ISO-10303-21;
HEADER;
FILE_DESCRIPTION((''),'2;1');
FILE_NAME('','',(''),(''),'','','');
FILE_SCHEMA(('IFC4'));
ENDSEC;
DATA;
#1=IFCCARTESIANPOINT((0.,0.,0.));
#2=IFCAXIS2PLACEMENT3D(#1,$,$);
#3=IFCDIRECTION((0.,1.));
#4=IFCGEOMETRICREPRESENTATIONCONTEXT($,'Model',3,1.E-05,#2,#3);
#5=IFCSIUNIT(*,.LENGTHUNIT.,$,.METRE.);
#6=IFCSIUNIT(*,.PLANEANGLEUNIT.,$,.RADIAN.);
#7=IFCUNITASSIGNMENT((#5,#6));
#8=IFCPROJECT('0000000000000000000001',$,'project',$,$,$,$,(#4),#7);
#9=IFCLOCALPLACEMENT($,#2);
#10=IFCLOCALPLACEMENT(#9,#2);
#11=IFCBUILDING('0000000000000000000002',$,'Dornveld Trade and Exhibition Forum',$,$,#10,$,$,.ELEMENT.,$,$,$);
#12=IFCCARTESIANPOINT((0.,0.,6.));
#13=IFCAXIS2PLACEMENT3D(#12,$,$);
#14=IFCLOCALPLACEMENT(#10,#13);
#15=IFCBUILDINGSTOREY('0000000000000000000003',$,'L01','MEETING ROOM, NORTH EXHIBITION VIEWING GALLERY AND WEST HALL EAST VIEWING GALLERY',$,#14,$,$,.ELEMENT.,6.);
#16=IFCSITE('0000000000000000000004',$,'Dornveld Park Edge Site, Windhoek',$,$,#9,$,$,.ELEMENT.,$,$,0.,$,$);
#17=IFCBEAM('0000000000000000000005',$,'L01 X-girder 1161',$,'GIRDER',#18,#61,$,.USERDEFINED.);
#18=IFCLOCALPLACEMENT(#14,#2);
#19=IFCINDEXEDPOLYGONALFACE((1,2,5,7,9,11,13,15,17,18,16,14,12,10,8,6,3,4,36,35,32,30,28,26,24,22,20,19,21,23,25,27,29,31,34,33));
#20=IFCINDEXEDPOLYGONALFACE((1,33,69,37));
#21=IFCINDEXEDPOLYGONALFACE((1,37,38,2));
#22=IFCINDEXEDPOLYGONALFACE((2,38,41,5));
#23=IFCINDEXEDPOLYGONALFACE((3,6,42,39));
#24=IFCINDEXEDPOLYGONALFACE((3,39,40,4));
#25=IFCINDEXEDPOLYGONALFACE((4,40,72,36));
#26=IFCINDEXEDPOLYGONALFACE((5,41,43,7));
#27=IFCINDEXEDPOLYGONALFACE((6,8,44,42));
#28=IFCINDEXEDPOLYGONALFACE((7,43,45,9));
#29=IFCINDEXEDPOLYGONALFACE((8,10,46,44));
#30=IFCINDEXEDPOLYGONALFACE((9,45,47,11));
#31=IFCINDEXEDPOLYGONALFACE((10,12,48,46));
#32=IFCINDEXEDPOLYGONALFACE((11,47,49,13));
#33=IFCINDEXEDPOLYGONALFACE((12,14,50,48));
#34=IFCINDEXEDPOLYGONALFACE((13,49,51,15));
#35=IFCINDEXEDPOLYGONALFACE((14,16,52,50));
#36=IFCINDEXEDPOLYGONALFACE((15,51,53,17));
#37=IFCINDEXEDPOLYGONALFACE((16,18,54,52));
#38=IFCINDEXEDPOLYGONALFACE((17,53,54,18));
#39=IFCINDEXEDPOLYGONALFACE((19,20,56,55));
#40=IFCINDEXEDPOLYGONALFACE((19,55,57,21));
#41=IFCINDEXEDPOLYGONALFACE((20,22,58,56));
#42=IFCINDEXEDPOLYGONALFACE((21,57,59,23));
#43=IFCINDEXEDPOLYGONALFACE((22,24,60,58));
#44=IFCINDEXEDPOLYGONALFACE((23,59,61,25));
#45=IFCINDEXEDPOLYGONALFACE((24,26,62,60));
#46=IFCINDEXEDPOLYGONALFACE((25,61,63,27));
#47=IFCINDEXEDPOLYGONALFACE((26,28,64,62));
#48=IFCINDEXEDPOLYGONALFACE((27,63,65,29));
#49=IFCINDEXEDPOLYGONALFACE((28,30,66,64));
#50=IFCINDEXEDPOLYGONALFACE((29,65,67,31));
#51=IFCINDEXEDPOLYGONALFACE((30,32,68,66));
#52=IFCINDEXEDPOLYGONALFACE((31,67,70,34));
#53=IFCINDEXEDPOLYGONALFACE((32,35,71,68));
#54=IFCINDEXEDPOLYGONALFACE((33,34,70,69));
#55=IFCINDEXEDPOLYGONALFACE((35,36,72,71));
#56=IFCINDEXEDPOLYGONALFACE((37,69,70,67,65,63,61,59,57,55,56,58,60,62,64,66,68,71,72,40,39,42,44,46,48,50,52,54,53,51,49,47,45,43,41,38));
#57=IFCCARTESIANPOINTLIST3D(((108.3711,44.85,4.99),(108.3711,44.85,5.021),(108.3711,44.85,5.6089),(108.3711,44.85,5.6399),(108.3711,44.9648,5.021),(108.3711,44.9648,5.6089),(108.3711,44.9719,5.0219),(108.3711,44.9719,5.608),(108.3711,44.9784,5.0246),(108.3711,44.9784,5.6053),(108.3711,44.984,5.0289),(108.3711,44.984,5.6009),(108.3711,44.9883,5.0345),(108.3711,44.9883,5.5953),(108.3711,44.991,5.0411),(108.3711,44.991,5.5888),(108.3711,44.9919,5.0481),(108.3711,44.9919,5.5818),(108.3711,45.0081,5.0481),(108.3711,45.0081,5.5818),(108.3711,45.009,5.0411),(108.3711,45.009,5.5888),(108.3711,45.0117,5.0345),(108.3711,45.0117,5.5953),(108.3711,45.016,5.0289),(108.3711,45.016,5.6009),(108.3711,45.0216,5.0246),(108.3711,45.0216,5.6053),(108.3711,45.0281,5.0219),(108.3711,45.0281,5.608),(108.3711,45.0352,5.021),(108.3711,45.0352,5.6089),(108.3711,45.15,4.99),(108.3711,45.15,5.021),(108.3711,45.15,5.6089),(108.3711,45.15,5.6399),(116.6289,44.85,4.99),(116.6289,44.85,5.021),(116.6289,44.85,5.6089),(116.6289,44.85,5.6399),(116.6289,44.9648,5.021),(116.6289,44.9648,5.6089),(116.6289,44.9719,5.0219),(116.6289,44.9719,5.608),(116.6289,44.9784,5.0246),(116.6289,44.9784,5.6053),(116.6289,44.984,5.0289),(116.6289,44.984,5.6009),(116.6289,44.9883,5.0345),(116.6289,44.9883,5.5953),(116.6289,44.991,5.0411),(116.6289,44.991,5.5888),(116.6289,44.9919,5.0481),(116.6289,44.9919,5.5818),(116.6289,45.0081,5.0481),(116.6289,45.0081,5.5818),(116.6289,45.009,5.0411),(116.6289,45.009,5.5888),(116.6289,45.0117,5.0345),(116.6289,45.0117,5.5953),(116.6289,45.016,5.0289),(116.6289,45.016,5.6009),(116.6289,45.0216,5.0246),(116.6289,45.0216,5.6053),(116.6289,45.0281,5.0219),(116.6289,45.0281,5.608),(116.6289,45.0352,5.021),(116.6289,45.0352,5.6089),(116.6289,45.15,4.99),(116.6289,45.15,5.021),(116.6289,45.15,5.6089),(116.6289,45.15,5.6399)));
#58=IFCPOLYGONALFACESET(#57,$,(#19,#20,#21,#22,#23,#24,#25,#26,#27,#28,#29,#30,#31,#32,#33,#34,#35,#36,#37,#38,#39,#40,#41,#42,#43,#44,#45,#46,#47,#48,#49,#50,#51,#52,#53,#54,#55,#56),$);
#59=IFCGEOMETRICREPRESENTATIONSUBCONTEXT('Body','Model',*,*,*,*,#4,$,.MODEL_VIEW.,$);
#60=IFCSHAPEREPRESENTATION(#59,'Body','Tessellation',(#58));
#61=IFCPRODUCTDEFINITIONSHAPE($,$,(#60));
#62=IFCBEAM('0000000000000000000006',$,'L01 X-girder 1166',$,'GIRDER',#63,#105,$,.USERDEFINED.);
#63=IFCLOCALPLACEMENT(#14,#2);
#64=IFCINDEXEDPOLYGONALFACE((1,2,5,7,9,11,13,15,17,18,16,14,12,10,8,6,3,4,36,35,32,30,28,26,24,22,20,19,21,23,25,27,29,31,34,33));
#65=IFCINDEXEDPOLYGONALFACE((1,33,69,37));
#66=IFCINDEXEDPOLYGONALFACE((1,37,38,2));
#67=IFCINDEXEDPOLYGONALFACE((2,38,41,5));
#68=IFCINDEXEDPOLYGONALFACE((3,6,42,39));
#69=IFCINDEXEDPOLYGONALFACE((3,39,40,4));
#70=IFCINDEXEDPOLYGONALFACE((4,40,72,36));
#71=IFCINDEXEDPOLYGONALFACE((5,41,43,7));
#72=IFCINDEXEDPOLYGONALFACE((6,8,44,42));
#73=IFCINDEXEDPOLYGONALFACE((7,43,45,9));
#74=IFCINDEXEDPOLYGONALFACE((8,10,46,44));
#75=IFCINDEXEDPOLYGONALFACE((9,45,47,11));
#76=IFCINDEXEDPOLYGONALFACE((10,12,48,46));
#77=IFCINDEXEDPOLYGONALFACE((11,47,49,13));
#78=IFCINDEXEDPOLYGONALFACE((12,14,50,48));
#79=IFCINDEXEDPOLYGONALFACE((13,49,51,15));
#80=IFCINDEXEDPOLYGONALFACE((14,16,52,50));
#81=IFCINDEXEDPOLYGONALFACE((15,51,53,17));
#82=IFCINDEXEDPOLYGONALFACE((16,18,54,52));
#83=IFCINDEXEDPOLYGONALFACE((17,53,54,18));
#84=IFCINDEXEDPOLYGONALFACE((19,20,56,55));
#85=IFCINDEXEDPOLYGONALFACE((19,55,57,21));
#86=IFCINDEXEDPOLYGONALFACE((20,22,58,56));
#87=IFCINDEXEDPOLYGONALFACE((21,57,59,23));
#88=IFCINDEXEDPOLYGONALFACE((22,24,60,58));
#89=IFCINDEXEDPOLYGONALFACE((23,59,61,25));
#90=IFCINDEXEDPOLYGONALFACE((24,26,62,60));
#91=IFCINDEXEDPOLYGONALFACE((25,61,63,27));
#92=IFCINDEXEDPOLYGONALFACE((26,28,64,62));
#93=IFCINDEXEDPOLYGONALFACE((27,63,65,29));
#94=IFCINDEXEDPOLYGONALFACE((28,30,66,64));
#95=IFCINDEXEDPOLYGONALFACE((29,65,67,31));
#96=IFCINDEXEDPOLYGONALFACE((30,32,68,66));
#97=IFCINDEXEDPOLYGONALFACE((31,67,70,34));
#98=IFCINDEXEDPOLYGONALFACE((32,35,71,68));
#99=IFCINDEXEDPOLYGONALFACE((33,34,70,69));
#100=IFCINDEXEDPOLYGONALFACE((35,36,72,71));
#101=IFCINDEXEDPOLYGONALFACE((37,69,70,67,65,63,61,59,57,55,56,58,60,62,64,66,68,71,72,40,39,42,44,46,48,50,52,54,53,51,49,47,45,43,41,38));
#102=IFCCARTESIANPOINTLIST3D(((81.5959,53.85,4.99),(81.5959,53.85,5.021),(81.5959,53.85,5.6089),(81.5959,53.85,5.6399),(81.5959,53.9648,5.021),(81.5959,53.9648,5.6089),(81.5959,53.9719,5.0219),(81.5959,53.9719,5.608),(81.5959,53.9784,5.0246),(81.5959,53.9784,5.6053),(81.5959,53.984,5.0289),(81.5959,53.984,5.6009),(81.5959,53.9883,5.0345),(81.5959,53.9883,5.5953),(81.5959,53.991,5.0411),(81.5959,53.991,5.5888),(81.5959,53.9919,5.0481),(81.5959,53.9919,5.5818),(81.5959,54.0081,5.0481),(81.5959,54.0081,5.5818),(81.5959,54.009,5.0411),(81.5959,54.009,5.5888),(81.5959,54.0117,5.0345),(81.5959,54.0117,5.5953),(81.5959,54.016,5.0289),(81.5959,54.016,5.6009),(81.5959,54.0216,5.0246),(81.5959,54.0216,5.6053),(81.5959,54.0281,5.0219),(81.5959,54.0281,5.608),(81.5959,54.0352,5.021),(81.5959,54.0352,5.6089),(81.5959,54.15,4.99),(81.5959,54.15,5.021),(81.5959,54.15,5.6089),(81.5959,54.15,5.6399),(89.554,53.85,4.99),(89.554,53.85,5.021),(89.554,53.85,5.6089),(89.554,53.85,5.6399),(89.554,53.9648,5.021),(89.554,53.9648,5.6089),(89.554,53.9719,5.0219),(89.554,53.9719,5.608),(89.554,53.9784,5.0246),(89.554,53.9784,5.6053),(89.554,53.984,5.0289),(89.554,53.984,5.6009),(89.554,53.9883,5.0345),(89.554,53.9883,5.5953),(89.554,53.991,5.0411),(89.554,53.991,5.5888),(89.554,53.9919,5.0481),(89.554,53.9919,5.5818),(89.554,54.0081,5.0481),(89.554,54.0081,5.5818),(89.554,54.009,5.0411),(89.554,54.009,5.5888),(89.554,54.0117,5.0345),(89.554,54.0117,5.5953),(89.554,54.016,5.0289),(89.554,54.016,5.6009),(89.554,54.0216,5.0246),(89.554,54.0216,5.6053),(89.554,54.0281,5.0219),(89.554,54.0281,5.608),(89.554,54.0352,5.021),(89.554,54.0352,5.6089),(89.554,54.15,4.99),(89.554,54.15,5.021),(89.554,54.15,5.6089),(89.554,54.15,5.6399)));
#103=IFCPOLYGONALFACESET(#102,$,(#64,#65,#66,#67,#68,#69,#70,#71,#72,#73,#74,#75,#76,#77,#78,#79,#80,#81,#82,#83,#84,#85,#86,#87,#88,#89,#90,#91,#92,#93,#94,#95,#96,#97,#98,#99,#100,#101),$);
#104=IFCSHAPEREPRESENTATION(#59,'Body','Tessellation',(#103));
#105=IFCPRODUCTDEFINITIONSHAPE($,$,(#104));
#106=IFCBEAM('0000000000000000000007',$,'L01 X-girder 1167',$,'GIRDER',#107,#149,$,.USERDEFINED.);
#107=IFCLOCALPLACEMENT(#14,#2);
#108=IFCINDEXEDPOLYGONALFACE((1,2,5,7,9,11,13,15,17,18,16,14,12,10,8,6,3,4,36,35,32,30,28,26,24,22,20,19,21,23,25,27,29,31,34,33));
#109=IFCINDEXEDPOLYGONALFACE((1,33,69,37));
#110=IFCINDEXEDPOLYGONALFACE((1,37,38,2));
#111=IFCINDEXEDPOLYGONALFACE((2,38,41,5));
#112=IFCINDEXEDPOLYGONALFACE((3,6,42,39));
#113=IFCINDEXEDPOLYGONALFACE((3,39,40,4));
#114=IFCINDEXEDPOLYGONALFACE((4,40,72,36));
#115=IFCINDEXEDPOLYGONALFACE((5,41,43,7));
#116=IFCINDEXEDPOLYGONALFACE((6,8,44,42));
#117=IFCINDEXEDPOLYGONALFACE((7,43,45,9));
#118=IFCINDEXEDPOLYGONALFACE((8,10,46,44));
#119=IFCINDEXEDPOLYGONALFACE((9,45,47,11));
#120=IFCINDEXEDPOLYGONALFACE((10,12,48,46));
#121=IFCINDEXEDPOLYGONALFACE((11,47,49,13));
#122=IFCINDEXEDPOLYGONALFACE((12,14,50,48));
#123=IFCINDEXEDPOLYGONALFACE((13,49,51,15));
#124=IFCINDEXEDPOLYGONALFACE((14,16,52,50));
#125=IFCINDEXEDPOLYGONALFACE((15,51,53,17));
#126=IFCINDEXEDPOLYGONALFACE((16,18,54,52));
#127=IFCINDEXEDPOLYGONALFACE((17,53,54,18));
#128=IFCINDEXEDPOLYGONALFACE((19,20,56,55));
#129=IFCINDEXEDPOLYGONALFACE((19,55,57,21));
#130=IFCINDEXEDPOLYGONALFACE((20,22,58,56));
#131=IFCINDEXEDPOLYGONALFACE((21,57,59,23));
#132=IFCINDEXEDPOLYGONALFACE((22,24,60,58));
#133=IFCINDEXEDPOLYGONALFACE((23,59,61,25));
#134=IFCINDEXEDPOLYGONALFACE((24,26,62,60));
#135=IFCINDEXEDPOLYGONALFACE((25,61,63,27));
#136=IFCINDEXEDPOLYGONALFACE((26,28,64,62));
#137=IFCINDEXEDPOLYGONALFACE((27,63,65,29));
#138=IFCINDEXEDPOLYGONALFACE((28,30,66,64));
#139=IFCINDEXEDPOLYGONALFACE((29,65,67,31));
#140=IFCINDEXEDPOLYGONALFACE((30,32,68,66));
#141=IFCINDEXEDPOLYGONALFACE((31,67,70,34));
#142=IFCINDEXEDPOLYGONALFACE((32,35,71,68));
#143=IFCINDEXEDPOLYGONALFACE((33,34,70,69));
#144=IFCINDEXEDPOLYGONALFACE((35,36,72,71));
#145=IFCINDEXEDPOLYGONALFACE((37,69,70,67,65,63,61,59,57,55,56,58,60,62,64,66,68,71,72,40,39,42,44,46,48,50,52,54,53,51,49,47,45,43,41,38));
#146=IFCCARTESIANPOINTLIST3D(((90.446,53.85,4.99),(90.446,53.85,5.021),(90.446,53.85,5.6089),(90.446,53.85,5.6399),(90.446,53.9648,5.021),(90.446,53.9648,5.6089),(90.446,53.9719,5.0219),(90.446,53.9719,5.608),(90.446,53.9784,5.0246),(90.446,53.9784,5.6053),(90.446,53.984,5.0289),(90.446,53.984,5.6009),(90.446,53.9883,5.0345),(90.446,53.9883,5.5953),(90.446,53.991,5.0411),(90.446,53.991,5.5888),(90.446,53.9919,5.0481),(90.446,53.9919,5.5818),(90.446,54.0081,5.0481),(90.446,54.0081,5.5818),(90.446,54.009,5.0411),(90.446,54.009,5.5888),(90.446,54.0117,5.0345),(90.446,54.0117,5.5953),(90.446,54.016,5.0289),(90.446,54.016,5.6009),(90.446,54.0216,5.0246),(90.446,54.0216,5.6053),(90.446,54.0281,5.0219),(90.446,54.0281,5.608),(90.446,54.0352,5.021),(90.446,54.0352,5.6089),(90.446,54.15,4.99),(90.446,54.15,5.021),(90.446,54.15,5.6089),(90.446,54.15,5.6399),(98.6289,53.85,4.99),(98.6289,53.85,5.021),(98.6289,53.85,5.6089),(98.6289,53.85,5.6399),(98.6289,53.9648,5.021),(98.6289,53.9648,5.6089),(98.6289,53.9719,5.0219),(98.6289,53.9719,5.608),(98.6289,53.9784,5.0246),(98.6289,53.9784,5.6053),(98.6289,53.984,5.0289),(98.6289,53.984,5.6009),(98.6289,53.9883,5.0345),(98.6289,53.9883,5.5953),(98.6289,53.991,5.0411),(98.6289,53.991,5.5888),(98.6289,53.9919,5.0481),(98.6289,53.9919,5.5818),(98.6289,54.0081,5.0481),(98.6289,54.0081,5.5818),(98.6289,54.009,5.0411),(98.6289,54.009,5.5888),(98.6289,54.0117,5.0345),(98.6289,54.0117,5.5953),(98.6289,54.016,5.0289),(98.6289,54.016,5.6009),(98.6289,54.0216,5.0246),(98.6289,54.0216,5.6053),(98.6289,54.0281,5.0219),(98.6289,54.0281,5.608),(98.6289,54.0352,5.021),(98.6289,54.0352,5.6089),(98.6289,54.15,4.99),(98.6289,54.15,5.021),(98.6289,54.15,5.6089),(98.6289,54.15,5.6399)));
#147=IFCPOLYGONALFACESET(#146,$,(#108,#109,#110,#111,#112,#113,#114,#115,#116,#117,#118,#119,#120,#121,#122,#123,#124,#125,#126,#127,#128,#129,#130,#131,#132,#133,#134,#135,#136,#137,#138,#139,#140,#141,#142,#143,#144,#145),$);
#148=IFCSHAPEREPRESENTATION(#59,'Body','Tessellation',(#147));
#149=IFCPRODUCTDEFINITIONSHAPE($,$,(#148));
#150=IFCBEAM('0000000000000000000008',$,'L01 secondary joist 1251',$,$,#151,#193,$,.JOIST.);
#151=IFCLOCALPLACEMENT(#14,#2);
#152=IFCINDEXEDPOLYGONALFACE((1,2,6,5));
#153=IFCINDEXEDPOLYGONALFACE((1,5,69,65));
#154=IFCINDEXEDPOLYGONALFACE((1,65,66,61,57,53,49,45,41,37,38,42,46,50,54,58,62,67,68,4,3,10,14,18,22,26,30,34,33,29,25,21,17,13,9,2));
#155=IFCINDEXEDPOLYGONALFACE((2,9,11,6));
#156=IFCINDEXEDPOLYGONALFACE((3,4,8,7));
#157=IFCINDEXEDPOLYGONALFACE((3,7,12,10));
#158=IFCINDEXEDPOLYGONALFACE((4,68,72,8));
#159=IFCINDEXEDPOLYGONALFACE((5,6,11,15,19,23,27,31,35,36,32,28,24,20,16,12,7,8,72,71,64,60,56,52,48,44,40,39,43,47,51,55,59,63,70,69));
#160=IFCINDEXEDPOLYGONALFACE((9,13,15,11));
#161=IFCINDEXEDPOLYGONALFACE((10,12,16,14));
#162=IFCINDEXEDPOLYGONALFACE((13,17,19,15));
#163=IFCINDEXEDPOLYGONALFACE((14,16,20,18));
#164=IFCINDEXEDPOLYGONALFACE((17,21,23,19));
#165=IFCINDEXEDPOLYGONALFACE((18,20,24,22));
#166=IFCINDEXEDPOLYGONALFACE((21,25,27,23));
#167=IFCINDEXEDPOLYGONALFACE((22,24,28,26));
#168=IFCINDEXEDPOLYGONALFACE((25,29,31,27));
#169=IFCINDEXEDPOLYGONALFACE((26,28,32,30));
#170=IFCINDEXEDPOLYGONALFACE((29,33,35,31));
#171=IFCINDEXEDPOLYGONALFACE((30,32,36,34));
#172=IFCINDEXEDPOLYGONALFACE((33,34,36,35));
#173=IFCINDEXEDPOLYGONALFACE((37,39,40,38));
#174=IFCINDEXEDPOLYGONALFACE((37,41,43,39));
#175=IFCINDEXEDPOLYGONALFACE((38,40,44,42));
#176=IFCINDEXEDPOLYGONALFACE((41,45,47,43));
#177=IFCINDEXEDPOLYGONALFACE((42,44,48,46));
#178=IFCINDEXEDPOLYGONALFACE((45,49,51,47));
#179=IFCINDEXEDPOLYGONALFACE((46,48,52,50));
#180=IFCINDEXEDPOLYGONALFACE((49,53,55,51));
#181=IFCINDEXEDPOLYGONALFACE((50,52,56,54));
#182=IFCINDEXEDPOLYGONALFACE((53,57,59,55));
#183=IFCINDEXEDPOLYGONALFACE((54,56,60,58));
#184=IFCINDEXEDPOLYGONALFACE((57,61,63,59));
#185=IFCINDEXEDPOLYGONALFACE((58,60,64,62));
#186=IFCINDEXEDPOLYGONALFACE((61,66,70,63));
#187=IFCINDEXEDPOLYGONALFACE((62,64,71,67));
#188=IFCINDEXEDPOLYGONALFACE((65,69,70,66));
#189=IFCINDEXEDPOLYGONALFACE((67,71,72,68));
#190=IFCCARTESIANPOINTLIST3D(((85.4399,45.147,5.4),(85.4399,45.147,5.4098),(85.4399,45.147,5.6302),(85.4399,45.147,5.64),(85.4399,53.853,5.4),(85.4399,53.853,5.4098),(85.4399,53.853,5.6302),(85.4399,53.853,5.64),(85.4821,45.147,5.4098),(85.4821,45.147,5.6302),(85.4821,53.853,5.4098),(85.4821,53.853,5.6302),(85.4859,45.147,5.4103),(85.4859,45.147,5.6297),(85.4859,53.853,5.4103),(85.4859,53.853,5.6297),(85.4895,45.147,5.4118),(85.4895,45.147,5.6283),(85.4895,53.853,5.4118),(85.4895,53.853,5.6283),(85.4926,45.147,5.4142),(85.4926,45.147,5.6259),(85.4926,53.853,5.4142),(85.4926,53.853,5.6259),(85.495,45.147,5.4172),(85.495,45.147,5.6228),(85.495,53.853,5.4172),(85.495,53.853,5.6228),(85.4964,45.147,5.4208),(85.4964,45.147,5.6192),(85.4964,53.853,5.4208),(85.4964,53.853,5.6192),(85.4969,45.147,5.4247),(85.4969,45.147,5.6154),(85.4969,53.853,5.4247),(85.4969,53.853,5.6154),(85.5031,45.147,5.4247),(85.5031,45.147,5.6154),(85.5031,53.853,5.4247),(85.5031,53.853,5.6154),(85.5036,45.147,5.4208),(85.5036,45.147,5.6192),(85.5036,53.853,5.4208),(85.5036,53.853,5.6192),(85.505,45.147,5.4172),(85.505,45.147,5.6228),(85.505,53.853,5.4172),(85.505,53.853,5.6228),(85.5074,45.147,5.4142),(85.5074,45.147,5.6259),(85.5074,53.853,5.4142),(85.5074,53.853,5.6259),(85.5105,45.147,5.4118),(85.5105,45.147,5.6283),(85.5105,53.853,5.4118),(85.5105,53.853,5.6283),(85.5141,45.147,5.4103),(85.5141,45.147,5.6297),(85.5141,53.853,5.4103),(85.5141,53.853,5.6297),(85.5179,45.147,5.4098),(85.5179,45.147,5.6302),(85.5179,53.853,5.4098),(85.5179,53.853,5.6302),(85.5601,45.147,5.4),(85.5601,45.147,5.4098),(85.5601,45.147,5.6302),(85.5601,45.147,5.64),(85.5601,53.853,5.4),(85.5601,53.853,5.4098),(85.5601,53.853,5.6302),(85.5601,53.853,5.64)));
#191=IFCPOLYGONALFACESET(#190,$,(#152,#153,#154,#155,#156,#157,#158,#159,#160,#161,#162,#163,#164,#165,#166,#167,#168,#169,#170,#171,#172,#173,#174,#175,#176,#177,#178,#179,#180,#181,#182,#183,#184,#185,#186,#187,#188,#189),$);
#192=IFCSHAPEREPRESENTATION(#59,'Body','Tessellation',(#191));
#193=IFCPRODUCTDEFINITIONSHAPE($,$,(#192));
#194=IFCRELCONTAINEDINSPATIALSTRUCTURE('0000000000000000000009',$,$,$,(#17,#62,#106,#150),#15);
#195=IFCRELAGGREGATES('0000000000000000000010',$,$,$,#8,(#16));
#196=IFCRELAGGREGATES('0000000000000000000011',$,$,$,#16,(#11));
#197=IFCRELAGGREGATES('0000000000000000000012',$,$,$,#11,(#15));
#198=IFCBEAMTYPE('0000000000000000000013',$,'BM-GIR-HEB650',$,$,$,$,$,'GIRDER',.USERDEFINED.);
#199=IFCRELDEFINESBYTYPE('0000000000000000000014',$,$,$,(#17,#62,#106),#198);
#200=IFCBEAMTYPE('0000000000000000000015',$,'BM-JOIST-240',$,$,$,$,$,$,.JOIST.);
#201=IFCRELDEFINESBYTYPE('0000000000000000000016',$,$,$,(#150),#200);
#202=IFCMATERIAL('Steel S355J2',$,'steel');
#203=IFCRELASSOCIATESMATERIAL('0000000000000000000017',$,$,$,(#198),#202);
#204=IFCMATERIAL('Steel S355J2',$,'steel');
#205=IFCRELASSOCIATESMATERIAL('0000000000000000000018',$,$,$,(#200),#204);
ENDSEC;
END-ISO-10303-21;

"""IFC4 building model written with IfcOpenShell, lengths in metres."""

from ifc_helpers import new_model, si_unit, direction, frame, origin, origin_2d, place, context, subcontext, project, spatial, i_section, extrude, material, material_profile, profile_set, type_object, element, save


model = new_model("IFC4")

# Units and contexts
model_context = context("Model", 3, precision=1e-05, world=origin(), true_north=direction((0.0, 1.0)))
body_context = subcontext(model_context, "Body", "Model", "MODEL_VIEW")
ifc_project = project(units=[si_unit("LENGTHUNIT", "METRE"), si_unit("PLANEANGLEUNIT", "RADIAN")], contexts=[model_context])

# Site, building, storey
site_placement = place(None, origin())
site = spatial("IfcSite", under=ifc_project, at=site_placement, Name="Dornveld Park Edge Site, Windhoek", CompositionType="ELEMENT", RefElevation=0.0)
building_placement = place(site_placement, origin())
building = spatial("IfcBuilding", under=site, at=building_placement, Name="Dornveld Trade and Exhibition Forum", CompositionType="ELEMENT")
storey_placement = place(building_placement, frame((0.0, 0.0, 6.0)))
storey = spatial("IfcBuildingStorey", under=building, at=storey_placement, Name="L01", Description="MEETING ROOM, NORTH EXHIBITION VIEWING GALLERY AND WEST HALL EAST VIEWING GALLERY", CompositionType="ELEMENT", Elevation=6.0)

# Beams
ifc_material_1 = material(Name="Steel S355J2", Category="steel")
ifc_material_profile_1 = material_profile(ifc_material_1, i_section(OverallWidth=0.3, OverallDepth=0.6499, WebThickness=0.0161, FlangeThickness=0.031, FilletRadius=0.0271, at=origin_2d()), Name="HEB 650")
ifc_profile_set_1 = profile_set([ifc_material_profile_1], Name="Steel S355J2")
beam_type_1 = type_object("IfcBeamType", Name="BM-GIR-HEB650", ElementType="GIRDER", PredefinedType="USERDEFINED", material=ifc_profile_set_1)
for number, where, z_axis, x_axis, name in (
    (1, (108.3711, 45.0, 5.3149), (1.0, 0.0, 0.0), (0.0, 1.0, 0.0), "L01 X-girder 1161"),
):
    element("IfcBeam", number, at=place(storey_placement, frame(where, z_axis=z_axis, x_axis=x_axis)), inside=storey, type_object=beam_type_1, Name=name, ObjectType="GIRDER", PredefinedType="USERDEFINED", context=body_context, shape_type="SweptSolid", body=[
        extrude(i_section(OverallWidth=0.3, OverallDepth=0.6499, WebThickness=0.0161, FlangeThickness=0.031, FilletRadius=0.0271, at=origin_2d()), origin(), (0.0, 0.0, 1.0), 8.2578),
    ])
beam_1_placement = place(storey_placement, frame((81.5959, 54.0, 5.3149), z_axis=(1.0, 0.0, 0.0), x_axis=(0.0, 1.0, 0.0)))
element("IfcBeam", 2, at=beam_1_placement, inside=storey, type_object=beam_type_1, Name="L01 X-girder 1166", ObjectType="GIRDER", PredefinedType="USERDEFINED", context=body_context, shape_type="SweptSolid", body=[
    extrude(i_section(OverallWidth=0.3, OverallDepth=0.6499, WebThickness=0.0161, FlangeThickness=0.031, FilletRadius=0.0271, at=origin_2d()), origin(), (0.0, 0.0, 1.0), 7.958),
])
beam_2_placement = place(storey_placement, frame((90.446, 54.0, 5.3149), z_axis=(1.0, 0.0, 0.0), x_axis=(0.0, 1.0, 0.0)))
element("IfcBeam", 3, at=beam_2_placement, inside=storey, type_object=beam_type_1, Name="L01 X-girder 1167", ObjectType="GIRDER", PredefinedType="USERDEFINED", context=body_context, shape_type="SweptSolid", body=[
    extrude(i_section(OverallWidth=0.3, OverallDepth=0.6499, WebThickness=0.0161, FlangeThickness=0.031, FilletRadius=0.0271, at=origin_2d()), origin(), (0.0, 0.0, 1.0), 8.1829),
])
ifc_material_2 = material(Name="Steel S355J2", Category="steel")
ifc_material_profile_2 = material_profile(ifc_material_2, i_section(OverallWidth=0.1201, OverallDepth=0.24, WebThickness=0.0061, FlangeThickness=0.0098, FilletRadius=0.0149, at=origin_2d()), Name="IPE 240")
ifc_profile_set_2 = profile_set([ifc_material_profile_2], Name="Steel S355J2")
beam_type_2 = type_object("IfcBeamType", Name="BM-JOIST-240", PredefinedType="JOIST", material=ifc_profile_set_2)
for number, where, z_axis, x_axis, name in (
    (4, (85.5, 45.147, 5.52), (0.0, 1.0, 0.0), (-1.0, 0.0, 0.0), "L01 secondary joist 1251"),
):
    element("IfcBeam", number, at=place(storey_placement, frame(where, z_axis=z_axis, x_axis=x_axis)), inside=storey, type_object=beam_type_2, Name=name, PredefinedType="JOIST", context=body_context, shape_type="SweptSolid", body=[
        extrude(i_section(OverallWidth=0.1201, OverallDepth=0.24, WebThickness=0.0061, FlangeThickness=0.0098, FilletRadius=0.0149, at=origin_2d()), origin(), (0.0, 0.0, 1.0), 8.7061),
    ])

save(model, "model.ifc")
